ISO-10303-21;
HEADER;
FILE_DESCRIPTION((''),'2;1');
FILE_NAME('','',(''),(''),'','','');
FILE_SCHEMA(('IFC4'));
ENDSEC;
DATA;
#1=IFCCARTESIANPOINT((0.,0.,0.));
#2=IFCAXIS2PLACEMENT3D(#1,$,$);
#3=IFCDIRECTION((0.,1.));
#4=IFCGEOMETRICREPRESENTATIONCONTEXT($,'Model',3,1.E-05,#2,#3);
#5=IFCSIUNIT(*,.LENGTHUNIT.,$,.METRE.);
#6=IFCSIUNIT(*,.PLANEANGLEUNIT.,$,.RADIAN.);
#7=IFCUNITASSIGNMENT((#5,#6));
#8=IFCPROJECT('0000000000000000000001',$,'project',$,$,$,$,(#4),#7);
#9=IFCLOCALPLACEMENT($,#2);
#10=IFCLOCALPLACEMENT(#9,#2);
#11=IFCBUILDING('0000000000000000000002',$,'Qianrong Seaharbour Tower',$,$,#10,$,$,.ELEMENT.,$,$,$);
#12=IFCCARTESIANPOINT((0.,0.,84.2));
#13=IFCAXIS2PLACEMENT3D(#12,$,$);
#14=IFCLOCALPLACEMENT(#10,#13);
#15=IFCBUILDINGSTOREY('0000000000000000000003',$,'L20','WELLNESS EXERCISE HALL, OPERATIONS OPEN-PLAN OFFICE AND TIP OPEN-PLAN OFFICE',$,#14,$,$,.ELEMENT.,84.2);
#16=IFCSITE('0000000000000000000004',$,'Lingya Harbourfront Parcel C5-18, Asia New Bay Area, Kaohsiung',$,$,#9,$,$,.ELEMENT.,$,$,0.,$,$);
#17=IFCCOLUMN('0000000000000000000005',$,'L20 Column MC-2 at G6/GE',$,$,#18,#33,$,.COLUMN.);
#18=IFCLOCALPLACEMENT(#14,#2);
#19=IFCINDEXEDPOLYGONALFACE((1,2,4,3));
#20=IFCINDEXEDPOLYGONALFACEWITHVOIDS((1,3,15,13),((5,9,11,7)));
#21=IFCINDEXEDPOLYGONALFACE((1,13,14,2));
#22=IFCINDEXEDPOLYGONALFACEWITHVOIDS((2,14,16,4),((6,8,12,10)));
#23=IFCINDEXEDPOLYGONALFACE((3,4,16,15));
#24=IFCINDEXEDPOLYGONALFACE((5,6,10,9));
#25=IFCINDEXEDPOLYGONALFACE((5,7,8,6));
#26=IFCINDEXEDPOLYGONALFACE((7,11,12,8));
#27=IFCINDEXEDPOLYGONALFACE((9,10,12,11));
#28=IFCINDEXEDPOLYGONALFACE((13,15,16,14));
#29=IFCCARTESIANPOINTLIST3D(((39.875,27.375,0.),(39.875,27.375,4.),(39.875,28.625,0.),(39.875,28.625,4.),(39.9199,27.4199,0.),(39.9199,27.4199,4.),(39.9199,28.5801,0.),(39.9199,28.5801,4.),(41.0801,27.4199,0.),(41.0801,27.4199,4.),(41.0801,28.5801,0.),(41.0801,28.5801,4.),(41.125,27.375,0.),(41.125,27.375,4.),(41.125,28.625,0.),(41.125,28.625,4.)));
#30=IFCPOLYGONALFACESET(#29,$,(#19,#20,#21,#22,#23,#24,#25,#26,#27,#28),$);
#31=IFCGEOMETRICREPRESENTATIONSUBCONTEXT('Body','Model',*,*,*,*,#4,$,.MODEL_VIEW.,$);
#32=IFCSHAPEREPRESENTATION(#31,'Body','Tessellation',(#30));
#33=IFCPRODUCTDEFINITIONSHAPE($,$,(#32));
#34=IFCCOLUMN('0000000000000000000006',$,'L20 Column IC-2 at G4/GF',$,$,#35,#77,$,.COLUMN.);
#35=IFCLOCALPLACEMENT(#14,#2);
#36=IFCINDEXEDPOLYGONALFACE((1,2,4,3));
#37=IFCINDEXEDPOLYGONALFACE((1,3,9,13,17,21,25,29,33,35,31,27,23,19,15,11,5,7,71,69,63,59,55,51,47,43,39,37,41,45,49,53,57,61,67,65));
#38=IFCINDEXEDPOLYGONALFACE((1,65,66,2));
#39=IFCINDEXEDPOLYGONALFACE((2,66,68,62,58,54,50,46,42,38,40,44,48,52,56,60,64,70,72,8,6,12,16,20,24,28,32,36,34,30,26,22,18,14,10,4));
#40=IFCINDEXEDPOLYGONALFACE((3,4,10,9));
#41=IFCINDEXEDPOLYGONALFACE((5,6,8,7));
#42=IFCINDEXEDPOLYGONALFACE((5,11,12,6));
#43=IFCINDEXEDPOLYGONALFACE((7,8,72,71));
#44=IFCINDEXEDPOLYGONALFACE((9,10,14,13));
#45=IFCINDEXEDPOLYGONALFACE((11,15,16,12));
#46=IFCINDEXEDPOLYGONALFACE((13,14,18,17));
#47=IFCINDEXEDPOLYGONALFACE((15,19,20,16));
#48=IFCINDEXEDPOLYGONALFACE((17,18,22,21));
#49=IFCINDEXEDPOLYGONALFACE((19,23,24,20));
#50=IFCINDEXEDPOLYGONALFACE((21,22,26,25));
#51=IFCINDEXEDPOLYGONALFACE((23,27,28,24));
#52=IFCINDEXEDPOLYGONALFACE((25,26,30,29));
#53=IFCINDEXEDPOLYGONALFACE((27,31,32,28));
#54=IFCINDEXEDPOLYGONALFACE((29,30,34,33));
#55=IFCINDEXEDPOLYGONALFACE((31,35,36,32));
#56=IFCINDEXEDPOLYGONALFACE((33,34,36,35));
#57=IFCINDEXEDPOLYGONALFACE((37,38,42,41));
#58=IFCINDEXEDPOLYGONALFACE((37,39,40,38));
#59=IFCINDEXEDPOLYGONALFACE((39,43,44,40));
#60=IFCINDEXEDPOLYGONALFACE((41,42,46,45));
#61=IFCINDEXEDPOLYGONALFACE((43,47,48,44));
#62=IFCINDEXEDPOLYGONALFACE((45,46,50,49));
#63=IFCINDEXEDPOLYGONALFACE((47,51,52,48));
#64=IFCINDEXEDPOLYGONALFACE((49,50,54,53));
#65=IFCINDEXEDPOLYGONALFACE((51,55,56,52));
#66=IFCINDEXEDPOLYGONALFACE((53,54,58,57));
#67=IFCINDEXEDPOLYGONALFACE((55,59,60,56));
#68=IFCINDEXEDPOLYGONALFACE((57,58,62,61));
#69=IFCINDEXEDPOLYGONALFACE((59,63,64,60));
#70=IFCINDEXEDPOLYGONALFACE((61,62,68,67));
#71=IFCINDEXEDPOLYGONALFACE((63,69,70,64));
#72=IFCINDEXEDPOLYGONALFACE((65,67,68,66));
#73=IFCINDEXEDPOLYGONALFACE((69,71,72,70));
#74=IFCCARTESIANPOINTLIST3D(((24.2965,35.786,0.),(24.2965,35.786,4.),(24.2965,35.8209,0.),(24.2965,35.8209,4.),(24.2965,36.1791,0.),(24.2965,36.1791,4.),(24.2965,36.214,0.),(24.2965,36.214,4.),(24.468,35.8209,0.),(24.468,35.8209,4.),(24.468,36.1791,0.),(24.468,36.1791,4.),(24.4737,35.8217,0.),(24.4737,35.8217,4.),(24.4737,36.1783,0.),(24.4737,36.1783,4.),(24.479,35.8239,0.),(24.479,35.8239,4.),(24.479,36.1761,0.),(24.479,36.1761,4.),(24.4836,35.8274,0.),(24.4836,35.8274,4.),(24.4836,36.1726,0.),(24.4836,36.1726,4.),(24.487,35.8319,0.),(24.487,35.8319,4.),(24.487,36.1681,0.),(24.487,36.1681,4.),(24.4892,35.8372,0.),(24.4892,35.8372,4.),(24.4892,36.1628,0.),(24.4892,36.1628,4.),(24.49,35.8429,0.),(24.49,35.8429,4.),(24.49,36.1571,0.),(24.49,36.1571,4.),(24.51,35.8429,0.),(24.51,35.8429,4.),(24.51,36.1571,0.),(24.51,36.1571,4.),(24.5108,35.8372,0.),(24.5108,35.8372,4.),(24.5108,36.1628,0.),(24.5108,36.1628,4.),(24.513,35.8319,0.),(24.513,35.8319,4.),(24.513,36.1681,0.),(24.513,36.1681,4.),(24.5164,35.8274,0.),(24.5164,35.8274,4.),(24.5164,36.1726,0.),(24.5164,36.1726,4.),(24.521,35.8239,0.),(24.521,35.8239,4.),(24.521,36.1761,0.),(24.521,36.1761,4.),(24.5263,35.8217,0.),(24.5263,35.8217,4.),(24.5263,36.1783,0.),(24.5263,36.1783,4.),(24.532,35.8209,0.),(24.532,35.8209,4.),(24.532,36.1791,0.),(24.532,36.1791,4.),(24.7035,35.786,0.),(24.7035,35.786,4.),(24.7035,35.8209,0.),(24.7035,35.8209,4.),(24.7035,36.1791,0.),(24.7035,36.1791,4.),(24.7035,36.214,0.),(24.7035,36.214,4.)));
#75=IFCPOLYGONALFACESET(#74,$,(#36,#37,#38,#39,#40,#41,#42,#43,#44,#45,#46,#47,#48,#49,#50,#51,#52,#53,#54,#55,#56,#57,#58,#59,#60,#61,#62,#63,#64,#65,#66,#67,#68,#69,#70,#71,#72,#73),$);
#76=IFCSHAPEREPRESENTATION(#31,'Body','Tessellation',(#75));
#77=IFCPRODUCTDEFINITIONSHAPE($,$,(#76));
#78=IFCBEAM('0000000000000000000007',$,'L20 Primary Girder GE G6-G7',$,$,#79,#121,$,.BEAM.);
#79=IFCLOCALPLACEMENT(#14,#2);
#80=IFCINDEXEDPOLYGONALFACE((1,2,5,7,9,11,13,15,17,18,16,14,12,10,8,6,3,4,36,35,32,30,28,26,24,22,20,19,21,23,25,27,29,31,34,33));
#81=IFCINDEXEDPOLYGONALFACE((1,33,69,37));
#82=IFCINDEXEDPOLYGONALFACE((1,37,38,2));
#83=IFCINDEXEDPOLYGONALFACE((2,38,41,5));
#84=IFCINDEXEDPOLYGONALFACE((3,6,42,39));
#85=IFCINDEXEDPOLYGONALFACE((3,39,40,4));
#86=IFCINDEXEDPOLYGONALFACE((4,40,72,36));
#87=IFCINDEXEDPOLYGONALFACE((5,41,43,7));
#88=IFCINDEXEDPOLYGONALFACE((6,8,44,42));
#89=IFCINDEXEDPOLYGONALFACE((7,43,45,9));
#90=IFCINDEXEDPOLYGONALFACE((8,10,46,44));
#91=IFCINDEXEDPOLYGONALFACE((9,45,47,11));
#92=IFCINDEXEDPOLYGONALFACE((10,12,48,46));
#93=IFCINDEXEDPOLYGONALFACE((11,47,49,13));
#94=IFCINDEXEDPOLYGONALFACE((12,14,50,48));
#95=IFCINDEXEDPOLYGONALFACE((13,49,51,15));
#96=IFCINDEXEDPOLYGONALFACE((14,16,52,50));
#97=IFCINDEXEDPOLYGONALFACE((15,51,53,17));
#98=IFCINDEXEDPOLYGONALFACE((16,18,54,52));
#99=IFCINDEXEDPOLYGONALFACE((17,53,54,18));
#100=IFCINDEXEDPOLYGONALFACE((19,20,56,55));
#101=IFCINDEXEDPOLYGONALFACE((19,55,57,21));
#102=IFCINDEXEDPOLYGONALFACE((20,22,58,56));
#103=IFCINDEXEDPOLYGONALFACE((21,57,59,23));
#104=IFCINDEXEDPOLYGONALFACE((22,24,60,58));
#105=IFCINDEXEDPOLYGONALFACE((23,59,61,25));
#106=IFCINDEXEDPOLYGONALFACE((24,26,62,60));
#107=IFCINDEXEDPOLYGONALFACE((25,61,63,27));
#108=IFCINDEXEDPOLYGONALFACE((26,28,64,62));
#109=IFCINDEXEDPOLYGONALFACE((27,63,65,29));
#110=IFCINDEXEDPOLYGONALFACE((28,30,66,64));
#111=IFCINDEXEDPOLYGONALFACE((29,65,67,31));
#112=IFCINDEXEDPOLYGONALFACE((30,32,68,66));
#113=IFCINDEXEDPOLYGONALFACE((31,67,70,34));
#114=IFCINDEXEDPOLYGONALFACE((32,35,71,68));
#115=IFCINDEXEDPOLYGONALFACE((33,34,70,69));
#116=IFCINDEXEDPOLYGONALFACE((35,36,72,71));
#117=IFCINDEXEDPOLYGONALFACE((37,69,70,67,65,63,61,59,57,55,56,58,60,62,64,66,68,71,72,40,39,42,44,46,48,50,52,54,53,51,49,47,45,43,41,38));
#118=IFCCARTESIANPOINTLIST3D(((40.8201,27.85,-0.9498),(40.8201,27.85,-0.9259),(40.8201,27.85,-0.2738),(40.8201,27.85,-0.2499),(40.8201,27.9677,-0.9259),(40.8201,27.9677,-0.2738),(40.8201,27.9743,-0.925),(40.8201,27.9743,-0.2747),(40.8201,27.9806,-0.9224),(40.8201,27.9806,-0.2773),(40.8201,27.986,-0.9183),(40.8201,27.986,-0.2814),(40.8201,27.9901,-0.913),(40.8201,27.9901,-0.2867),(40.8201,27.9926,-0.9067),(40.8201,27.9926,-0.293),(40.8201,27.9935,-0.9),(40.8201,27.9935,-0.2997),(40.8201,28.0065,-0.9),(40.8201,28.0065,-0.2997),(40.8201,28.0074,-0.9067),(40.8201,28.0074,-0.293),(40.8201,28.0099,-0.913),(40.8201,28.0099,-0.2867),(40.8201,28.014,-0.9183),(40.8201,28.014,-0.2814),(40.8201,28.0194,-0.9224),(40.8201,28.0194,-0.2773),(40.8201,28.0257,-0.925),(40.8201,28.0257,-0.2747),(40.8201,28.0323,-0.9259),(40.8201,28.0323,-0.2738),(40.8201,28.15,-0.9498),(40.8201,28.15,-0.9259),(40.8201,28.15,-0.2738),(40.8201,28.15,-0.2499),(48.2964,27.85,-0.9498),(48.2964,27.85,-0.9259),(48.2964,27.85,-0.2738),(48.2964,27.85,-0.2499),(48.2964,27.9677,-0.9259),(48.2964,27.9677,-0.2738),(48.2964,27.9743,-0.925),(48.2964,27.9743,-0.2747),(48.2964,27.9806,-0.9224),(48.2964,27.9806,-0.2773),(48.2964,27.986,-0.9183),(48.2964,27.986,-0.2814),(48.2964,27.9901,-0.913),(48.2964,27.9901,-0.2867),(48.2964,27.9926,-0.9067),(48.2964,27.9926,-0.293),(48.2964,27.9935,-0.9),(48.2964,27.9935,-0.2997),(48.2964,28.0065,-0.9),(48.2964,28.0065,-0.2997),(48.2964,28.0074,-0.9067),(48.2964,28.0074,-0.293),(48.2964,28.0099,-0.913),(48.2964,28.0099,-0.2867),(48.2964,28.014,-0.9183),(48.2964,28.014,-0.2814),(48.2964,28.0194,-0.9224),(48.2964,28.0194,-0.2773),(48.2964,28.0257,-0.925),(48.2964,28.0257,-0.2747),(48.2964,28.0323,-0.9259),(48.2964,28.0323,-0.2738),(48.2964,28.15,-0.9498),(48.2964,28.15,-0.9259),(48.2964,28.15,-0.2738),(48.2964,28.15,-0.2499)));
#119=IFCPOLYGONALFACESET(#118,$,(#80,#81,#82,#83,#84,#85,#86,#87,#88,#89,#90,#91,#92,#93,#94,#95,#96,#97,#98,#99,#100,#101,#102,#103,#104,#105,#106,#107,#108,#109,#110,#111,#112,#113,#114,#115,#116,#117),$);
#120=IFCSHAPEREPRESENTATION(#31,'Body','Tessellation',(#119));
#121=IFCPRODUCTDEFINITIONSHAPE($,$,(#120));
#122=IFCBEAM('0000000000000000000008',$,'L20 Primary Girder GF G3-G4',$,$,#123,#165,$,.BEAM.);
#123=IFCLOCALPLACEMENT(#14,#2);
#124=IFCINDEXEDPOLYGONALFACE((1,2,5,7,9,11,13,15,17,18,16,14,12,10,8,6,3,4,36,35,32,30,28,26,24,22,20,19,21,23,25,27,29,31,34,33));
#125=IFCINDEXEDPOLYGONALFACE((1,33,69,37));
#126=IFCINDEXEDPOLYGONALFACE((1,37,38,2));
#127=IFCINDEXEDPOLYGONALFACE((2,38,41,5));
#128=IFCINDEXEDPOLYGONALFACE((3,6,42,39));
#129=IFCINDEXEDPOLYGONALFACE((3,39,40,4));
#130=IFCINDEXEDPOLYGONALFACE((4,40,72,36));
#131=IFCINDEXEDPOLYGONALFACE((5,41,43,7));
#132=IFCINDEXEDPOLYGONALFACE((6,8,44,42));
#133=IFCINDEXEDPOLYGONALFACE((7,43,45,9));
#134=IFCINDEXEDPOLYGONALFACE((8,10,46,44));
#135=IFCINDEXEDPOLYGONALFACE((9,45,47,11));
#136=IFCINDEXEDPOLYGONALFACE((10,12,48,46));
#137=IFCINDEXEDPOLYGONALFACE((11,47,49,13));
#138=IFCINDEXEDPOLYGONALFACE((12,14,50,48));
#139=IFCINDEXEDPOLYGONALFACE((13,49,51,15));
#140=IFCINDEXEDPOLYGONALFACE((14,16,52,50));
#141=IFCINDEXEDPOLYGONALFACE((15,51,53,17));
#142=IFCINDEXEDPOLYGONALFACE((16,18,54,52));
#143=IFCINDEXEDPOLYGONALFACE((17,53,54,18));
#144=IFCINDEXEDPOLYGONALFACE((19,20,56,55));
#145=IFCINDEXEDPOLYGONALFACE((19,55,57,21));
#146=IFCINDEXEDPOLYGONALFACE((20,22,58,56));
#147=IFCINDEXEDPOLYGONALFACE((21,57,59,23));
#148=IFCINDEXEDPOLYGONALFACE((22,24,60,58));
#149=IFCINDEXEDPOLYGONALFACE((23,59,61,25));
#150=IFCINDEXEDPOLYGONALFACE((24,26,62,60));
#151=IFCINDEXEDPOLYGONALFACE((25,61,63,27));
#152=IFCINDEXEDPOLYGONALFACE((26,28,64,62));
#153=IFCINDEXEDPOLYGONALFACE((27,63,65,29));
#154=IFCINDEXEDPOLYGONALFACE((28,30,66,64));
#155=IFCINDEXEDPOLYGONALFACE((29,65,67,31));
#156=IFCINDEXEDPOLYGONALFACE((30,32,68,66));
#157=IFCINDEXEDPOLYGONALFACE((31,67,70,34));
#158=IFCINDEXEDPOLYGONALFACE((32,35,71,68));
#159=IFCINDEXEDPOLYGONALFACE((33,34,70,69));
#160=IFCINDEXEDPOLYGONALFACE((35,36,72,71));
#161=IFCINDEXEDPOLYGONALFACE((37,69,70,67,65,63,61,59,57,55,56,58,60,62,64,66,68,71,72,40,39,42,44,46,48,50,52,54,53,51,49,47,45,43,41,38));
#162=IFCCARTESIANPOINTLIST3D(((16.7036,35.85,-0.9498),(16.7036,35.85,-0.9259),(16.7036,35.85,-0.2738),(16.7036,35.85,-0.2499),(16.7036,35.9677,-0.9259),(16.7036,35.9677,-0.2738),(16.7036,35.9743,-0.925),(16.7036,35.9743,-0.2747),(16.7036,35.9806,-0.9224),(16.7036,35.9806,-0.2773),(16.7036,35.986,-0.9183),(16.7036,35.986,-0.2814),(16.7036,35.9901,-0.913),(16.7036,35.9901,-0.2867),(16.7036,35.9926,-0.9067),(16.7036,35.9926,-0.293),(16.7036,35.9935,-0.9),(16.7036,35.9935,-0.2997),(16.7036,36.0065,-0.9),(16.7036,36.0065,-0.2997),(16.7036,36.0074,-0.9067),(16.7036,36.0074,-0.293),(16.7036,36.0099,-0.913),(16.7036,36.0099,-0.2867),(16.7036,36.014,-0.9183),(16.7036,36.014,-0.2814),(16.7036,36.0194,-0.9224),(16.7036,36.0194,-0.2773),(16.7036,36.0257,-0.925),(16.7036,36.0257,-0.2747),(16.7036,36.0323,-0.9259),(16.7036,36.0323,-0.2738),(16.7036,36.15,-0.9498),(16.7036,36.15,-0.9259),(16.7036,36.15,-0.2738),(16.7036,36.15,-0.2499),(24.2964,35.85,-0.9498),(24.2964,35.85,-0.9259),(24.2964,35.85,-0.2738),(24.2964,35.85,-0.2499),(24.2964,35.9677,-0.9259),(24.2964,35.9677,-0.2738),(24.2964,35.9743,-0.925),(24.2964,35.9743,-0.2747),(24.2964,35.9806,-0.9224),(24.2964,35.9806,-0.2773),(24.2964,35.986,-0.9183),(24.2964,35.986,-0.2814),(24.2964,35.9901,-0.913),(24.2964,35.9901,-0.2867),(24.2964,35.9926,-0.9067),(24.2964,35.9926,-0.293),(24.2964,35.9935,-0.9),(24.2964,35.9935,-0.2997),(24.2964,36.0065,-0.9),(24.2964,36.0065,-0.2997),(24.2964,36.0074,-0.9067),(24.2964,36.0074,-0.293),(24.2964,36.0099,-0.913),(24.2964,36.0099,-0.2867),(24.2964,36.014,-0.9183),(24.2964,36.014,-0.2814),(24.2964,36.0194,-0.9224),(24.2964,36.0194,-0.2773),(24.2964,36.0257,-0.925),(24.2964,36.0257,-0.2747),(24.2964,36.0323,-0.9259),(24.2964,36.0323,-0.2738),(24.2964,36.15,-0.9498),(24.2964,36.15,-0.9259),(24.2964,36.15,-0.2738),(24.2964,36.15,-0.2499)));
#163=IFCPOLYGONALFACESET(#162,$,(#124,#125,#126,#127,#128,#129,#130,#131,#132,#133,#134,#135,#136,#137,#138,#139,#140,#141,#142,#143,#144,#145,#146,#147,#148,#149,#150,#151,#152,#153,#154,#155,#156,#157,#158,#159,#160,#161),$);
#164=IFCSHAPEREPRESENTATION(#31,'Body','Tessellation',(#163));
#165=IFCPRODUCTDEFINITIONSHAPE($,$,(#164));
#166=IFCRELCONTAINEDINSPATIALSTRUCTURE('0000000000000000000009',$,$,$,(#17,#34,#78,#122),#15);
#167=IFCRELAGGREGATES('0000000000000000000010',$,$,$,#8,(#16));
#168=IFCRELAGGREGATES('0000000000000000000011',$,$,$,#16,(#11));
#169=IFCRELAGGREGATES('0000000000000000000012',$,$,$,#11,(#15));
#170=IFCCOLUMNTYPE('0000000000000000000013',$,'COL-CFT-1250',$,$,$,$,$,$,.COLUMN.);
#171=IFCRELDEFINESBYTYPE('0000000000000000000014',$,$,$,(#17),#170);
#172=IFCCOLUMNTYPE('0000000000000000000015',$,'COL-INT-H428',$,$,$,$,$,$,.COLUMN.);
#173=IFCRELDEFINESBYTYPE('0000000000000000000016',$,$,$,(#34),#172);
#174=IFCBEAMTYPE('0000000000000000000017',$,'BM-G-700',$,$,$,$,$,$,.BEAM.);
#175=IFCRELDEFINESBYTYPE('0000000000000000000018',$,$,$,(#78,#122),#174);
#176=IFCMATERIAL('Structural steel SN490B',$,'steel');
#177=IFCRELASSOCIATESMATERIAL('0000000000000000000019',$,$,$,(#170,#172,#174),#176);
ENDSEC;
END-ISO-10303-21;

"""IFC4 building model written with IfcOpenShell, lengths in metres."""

from ifc_helpers import new_model, si_unit, direction, frame, origin, origin_2d, place, context, subcontext, project, spatial, hollow_rectangle, i_section, extrude, material, material_profile, profile_set, type_object, element, save


model = new_model("IFC4")

# Units and contexts
model_context = context("Model", 3, precision=1e-05, world=origin(), true_north=direction((0.0, 1.0)))
body_context = subcontext(model_context, "Body", "Model", "MODEL_VIEW")
ifc_project = project(units=[si_unit("LENGTHUNIT", "METRE"), si_unit("PLANEANGLEUNIT", "RADIAN")], contexts=[model_context])

# Site, building, storey
site_placement = place(None, origin())
site = spatial("IfcSite", under=ifc_project, at=site_placement, Name="Lingya Harbourfront Parcel C5-18, Asia New Bay Area, Kaohsiung", CompositionType="ELEMENT", RefElevation=0.0)
building_placement = place(site_placement, origin())
building = spatial("IfcBuilding", under=site, at=building_placement, Name="Qianrong Seaharbour Tower", CompositionType="ELEMENT")
storey_placement = place(building_placement, frame((0.0, 0.0, 84.2)))
storey = spatial("IfcBuildingStorey", under=building, at=storey_placement, Name="L20", Description="WELLNESS EXERCISE HALL, OPERATIONS OPEN-PLAN OFFICE AND TIP OPEN-PLAN OFFICE", CompositionType="ELEMENT", Elevation=84.2)

# Columns
ifc_material_1 = material(Name="Structural steel SN490B", Category="steel")
ifc_material_profile_1 = material_profile(ifc_material_1, hollow_rectangle(XDim=1.25, YDim=1.25, WallThickness=0.0449, at=origin_2d()), Name="BOX1250x1250x45")
ifc_profile_set_1 = profile_set([ifc_material_profile_1], Name="Structural steel SN490B")
column_type_1 = type_object("IfcColumnType", Name="COL-CFT-1250", PredefinedType="COLUMN", material=ifc_profile_set_1)
column_1_placement = place(storey_placement, frame((40.5, 28.0, 0.0), z_axis=(0.0, 0.0, 1.0), x_axis=(1.0, 0.0, 0.0)))
element("IfcColumn", 1, at=column_1_placement, inside=storey, type_object=column_type_1, Name="L20 Column MC-2 at G6/GE", PredefinedType="COLUMN", context=body_context, shape_type="SweptSolid", body=[
    extrude(hollow_rectangle(XDim=1.25, YDim=1.25, WallThickness=0.0449, at=origin_2d()), origin(), (0.0, 0.0, 1.0), 4.0),
])
ifc_material_profile_2 = material_profile(ifc_material_1, i_section(OverallWidth=0.407, OverallDepth=0.428, WebThickness=0.02, FlangeThickness=0.0349, FilletRadius=0.022, at=origin_2d()), Name="H428x407x20x35")
ifc_profile_set_2 = profile_set([ifc_material_profile_2], Name="Structural steel SN490B")
column_type_2 = type_object("IfcColumnType", Name="COL-INT-H428", PredefinedType="COLUMN", material=ifc_profile_set_2)
column_2_placement = place(storey_placement, frame((24.5, 36.0, 0.0), z_axis=(0.0, 0.0, 1.0), x_axis=(1.0, 0.0, 0.0)))
element("IfcColumn", 2, at=column_2_placement, inside=storey, type_object=column_type_2, Name="L20 Column IC-2 at G4/GF", PredefinedType="COLUMN", context=body_context, shape_type="SweptSolid", body=[
    extrude(i_section(OverallWidth=0.407, OverallDepth=0.428, WebThickness=0.02, FlangeThickness=0.0349, FilletRadius=0.022, at=origin_2d()), origin(), (0.0, 0.0, 1.0), 4.0),
])

# Beams
ifc_material_profile_3 = material_profile(ifc_material_1, i_section(OverallWidth=0.3, OverallDepth=0.7, WebThickness=0.0129, FlangeThickness=0.0239, FilletRadius=0.0259, at=origin_2d()), Name="H700x300x13x24")
ifc_profile_set_3 = profile_set([ifc_material_profile_3], Name="Structural steel SN490B")
beam_type_1 = type_object("IfcBeamType", Name="BM-G-700", PredefinedType="BEAM", material=ifc_profile_set_3)
beam_1_placement = place(storey_placement, frame((40.8201, 28.0, -0.5999), z_axis=(1.0, 0.0, 0.0), x_axis=(0.0, 1.0, 0.0)))
element("IfcBeam", 3, at=beam_1_placement, inside=storey, type_object=beam_type_1, Name="L20 Primary Girder GE G6-G7", PredefinedType="BEAM", context=body_context, shape_type="SweptSolid", body=[
    extrude(i_section(OverallWidth=0.3, OverallDepth=0.7, WebThickness=0.0129, FlangeThickness=0.0239, FilletRadius=0.0259, at=origin_2d()), origin(), (0.0, 0.0, 1.0), 7.4763),
])
beam_2_placement = place(storey_placement, frame((16.7036, 36.0, -0.5999), z_axis=(1.0, 0.0, 0.0), x_axis=(0.0, 1.0, 0.0)))
element("IfcBeam", 4, at=beam_2_placement, inside=storey, type_object=beam_type_1, Name="L20 Primary Girder GF G3-G4", PredefinedType="BEAM", context=body_context, shape_type="SweptSolid", body=[
    extrude(i_section(OverallWidth=0.3, OverallDepth=0.7, WebThickness=0.0129, FlangeThickness=0.0239, FilletRadius=0.0259, at=origin_2d()), origin(), (0.0, 0.0, 1.0), 7.5928),
])

save(model, "model.ifc")
